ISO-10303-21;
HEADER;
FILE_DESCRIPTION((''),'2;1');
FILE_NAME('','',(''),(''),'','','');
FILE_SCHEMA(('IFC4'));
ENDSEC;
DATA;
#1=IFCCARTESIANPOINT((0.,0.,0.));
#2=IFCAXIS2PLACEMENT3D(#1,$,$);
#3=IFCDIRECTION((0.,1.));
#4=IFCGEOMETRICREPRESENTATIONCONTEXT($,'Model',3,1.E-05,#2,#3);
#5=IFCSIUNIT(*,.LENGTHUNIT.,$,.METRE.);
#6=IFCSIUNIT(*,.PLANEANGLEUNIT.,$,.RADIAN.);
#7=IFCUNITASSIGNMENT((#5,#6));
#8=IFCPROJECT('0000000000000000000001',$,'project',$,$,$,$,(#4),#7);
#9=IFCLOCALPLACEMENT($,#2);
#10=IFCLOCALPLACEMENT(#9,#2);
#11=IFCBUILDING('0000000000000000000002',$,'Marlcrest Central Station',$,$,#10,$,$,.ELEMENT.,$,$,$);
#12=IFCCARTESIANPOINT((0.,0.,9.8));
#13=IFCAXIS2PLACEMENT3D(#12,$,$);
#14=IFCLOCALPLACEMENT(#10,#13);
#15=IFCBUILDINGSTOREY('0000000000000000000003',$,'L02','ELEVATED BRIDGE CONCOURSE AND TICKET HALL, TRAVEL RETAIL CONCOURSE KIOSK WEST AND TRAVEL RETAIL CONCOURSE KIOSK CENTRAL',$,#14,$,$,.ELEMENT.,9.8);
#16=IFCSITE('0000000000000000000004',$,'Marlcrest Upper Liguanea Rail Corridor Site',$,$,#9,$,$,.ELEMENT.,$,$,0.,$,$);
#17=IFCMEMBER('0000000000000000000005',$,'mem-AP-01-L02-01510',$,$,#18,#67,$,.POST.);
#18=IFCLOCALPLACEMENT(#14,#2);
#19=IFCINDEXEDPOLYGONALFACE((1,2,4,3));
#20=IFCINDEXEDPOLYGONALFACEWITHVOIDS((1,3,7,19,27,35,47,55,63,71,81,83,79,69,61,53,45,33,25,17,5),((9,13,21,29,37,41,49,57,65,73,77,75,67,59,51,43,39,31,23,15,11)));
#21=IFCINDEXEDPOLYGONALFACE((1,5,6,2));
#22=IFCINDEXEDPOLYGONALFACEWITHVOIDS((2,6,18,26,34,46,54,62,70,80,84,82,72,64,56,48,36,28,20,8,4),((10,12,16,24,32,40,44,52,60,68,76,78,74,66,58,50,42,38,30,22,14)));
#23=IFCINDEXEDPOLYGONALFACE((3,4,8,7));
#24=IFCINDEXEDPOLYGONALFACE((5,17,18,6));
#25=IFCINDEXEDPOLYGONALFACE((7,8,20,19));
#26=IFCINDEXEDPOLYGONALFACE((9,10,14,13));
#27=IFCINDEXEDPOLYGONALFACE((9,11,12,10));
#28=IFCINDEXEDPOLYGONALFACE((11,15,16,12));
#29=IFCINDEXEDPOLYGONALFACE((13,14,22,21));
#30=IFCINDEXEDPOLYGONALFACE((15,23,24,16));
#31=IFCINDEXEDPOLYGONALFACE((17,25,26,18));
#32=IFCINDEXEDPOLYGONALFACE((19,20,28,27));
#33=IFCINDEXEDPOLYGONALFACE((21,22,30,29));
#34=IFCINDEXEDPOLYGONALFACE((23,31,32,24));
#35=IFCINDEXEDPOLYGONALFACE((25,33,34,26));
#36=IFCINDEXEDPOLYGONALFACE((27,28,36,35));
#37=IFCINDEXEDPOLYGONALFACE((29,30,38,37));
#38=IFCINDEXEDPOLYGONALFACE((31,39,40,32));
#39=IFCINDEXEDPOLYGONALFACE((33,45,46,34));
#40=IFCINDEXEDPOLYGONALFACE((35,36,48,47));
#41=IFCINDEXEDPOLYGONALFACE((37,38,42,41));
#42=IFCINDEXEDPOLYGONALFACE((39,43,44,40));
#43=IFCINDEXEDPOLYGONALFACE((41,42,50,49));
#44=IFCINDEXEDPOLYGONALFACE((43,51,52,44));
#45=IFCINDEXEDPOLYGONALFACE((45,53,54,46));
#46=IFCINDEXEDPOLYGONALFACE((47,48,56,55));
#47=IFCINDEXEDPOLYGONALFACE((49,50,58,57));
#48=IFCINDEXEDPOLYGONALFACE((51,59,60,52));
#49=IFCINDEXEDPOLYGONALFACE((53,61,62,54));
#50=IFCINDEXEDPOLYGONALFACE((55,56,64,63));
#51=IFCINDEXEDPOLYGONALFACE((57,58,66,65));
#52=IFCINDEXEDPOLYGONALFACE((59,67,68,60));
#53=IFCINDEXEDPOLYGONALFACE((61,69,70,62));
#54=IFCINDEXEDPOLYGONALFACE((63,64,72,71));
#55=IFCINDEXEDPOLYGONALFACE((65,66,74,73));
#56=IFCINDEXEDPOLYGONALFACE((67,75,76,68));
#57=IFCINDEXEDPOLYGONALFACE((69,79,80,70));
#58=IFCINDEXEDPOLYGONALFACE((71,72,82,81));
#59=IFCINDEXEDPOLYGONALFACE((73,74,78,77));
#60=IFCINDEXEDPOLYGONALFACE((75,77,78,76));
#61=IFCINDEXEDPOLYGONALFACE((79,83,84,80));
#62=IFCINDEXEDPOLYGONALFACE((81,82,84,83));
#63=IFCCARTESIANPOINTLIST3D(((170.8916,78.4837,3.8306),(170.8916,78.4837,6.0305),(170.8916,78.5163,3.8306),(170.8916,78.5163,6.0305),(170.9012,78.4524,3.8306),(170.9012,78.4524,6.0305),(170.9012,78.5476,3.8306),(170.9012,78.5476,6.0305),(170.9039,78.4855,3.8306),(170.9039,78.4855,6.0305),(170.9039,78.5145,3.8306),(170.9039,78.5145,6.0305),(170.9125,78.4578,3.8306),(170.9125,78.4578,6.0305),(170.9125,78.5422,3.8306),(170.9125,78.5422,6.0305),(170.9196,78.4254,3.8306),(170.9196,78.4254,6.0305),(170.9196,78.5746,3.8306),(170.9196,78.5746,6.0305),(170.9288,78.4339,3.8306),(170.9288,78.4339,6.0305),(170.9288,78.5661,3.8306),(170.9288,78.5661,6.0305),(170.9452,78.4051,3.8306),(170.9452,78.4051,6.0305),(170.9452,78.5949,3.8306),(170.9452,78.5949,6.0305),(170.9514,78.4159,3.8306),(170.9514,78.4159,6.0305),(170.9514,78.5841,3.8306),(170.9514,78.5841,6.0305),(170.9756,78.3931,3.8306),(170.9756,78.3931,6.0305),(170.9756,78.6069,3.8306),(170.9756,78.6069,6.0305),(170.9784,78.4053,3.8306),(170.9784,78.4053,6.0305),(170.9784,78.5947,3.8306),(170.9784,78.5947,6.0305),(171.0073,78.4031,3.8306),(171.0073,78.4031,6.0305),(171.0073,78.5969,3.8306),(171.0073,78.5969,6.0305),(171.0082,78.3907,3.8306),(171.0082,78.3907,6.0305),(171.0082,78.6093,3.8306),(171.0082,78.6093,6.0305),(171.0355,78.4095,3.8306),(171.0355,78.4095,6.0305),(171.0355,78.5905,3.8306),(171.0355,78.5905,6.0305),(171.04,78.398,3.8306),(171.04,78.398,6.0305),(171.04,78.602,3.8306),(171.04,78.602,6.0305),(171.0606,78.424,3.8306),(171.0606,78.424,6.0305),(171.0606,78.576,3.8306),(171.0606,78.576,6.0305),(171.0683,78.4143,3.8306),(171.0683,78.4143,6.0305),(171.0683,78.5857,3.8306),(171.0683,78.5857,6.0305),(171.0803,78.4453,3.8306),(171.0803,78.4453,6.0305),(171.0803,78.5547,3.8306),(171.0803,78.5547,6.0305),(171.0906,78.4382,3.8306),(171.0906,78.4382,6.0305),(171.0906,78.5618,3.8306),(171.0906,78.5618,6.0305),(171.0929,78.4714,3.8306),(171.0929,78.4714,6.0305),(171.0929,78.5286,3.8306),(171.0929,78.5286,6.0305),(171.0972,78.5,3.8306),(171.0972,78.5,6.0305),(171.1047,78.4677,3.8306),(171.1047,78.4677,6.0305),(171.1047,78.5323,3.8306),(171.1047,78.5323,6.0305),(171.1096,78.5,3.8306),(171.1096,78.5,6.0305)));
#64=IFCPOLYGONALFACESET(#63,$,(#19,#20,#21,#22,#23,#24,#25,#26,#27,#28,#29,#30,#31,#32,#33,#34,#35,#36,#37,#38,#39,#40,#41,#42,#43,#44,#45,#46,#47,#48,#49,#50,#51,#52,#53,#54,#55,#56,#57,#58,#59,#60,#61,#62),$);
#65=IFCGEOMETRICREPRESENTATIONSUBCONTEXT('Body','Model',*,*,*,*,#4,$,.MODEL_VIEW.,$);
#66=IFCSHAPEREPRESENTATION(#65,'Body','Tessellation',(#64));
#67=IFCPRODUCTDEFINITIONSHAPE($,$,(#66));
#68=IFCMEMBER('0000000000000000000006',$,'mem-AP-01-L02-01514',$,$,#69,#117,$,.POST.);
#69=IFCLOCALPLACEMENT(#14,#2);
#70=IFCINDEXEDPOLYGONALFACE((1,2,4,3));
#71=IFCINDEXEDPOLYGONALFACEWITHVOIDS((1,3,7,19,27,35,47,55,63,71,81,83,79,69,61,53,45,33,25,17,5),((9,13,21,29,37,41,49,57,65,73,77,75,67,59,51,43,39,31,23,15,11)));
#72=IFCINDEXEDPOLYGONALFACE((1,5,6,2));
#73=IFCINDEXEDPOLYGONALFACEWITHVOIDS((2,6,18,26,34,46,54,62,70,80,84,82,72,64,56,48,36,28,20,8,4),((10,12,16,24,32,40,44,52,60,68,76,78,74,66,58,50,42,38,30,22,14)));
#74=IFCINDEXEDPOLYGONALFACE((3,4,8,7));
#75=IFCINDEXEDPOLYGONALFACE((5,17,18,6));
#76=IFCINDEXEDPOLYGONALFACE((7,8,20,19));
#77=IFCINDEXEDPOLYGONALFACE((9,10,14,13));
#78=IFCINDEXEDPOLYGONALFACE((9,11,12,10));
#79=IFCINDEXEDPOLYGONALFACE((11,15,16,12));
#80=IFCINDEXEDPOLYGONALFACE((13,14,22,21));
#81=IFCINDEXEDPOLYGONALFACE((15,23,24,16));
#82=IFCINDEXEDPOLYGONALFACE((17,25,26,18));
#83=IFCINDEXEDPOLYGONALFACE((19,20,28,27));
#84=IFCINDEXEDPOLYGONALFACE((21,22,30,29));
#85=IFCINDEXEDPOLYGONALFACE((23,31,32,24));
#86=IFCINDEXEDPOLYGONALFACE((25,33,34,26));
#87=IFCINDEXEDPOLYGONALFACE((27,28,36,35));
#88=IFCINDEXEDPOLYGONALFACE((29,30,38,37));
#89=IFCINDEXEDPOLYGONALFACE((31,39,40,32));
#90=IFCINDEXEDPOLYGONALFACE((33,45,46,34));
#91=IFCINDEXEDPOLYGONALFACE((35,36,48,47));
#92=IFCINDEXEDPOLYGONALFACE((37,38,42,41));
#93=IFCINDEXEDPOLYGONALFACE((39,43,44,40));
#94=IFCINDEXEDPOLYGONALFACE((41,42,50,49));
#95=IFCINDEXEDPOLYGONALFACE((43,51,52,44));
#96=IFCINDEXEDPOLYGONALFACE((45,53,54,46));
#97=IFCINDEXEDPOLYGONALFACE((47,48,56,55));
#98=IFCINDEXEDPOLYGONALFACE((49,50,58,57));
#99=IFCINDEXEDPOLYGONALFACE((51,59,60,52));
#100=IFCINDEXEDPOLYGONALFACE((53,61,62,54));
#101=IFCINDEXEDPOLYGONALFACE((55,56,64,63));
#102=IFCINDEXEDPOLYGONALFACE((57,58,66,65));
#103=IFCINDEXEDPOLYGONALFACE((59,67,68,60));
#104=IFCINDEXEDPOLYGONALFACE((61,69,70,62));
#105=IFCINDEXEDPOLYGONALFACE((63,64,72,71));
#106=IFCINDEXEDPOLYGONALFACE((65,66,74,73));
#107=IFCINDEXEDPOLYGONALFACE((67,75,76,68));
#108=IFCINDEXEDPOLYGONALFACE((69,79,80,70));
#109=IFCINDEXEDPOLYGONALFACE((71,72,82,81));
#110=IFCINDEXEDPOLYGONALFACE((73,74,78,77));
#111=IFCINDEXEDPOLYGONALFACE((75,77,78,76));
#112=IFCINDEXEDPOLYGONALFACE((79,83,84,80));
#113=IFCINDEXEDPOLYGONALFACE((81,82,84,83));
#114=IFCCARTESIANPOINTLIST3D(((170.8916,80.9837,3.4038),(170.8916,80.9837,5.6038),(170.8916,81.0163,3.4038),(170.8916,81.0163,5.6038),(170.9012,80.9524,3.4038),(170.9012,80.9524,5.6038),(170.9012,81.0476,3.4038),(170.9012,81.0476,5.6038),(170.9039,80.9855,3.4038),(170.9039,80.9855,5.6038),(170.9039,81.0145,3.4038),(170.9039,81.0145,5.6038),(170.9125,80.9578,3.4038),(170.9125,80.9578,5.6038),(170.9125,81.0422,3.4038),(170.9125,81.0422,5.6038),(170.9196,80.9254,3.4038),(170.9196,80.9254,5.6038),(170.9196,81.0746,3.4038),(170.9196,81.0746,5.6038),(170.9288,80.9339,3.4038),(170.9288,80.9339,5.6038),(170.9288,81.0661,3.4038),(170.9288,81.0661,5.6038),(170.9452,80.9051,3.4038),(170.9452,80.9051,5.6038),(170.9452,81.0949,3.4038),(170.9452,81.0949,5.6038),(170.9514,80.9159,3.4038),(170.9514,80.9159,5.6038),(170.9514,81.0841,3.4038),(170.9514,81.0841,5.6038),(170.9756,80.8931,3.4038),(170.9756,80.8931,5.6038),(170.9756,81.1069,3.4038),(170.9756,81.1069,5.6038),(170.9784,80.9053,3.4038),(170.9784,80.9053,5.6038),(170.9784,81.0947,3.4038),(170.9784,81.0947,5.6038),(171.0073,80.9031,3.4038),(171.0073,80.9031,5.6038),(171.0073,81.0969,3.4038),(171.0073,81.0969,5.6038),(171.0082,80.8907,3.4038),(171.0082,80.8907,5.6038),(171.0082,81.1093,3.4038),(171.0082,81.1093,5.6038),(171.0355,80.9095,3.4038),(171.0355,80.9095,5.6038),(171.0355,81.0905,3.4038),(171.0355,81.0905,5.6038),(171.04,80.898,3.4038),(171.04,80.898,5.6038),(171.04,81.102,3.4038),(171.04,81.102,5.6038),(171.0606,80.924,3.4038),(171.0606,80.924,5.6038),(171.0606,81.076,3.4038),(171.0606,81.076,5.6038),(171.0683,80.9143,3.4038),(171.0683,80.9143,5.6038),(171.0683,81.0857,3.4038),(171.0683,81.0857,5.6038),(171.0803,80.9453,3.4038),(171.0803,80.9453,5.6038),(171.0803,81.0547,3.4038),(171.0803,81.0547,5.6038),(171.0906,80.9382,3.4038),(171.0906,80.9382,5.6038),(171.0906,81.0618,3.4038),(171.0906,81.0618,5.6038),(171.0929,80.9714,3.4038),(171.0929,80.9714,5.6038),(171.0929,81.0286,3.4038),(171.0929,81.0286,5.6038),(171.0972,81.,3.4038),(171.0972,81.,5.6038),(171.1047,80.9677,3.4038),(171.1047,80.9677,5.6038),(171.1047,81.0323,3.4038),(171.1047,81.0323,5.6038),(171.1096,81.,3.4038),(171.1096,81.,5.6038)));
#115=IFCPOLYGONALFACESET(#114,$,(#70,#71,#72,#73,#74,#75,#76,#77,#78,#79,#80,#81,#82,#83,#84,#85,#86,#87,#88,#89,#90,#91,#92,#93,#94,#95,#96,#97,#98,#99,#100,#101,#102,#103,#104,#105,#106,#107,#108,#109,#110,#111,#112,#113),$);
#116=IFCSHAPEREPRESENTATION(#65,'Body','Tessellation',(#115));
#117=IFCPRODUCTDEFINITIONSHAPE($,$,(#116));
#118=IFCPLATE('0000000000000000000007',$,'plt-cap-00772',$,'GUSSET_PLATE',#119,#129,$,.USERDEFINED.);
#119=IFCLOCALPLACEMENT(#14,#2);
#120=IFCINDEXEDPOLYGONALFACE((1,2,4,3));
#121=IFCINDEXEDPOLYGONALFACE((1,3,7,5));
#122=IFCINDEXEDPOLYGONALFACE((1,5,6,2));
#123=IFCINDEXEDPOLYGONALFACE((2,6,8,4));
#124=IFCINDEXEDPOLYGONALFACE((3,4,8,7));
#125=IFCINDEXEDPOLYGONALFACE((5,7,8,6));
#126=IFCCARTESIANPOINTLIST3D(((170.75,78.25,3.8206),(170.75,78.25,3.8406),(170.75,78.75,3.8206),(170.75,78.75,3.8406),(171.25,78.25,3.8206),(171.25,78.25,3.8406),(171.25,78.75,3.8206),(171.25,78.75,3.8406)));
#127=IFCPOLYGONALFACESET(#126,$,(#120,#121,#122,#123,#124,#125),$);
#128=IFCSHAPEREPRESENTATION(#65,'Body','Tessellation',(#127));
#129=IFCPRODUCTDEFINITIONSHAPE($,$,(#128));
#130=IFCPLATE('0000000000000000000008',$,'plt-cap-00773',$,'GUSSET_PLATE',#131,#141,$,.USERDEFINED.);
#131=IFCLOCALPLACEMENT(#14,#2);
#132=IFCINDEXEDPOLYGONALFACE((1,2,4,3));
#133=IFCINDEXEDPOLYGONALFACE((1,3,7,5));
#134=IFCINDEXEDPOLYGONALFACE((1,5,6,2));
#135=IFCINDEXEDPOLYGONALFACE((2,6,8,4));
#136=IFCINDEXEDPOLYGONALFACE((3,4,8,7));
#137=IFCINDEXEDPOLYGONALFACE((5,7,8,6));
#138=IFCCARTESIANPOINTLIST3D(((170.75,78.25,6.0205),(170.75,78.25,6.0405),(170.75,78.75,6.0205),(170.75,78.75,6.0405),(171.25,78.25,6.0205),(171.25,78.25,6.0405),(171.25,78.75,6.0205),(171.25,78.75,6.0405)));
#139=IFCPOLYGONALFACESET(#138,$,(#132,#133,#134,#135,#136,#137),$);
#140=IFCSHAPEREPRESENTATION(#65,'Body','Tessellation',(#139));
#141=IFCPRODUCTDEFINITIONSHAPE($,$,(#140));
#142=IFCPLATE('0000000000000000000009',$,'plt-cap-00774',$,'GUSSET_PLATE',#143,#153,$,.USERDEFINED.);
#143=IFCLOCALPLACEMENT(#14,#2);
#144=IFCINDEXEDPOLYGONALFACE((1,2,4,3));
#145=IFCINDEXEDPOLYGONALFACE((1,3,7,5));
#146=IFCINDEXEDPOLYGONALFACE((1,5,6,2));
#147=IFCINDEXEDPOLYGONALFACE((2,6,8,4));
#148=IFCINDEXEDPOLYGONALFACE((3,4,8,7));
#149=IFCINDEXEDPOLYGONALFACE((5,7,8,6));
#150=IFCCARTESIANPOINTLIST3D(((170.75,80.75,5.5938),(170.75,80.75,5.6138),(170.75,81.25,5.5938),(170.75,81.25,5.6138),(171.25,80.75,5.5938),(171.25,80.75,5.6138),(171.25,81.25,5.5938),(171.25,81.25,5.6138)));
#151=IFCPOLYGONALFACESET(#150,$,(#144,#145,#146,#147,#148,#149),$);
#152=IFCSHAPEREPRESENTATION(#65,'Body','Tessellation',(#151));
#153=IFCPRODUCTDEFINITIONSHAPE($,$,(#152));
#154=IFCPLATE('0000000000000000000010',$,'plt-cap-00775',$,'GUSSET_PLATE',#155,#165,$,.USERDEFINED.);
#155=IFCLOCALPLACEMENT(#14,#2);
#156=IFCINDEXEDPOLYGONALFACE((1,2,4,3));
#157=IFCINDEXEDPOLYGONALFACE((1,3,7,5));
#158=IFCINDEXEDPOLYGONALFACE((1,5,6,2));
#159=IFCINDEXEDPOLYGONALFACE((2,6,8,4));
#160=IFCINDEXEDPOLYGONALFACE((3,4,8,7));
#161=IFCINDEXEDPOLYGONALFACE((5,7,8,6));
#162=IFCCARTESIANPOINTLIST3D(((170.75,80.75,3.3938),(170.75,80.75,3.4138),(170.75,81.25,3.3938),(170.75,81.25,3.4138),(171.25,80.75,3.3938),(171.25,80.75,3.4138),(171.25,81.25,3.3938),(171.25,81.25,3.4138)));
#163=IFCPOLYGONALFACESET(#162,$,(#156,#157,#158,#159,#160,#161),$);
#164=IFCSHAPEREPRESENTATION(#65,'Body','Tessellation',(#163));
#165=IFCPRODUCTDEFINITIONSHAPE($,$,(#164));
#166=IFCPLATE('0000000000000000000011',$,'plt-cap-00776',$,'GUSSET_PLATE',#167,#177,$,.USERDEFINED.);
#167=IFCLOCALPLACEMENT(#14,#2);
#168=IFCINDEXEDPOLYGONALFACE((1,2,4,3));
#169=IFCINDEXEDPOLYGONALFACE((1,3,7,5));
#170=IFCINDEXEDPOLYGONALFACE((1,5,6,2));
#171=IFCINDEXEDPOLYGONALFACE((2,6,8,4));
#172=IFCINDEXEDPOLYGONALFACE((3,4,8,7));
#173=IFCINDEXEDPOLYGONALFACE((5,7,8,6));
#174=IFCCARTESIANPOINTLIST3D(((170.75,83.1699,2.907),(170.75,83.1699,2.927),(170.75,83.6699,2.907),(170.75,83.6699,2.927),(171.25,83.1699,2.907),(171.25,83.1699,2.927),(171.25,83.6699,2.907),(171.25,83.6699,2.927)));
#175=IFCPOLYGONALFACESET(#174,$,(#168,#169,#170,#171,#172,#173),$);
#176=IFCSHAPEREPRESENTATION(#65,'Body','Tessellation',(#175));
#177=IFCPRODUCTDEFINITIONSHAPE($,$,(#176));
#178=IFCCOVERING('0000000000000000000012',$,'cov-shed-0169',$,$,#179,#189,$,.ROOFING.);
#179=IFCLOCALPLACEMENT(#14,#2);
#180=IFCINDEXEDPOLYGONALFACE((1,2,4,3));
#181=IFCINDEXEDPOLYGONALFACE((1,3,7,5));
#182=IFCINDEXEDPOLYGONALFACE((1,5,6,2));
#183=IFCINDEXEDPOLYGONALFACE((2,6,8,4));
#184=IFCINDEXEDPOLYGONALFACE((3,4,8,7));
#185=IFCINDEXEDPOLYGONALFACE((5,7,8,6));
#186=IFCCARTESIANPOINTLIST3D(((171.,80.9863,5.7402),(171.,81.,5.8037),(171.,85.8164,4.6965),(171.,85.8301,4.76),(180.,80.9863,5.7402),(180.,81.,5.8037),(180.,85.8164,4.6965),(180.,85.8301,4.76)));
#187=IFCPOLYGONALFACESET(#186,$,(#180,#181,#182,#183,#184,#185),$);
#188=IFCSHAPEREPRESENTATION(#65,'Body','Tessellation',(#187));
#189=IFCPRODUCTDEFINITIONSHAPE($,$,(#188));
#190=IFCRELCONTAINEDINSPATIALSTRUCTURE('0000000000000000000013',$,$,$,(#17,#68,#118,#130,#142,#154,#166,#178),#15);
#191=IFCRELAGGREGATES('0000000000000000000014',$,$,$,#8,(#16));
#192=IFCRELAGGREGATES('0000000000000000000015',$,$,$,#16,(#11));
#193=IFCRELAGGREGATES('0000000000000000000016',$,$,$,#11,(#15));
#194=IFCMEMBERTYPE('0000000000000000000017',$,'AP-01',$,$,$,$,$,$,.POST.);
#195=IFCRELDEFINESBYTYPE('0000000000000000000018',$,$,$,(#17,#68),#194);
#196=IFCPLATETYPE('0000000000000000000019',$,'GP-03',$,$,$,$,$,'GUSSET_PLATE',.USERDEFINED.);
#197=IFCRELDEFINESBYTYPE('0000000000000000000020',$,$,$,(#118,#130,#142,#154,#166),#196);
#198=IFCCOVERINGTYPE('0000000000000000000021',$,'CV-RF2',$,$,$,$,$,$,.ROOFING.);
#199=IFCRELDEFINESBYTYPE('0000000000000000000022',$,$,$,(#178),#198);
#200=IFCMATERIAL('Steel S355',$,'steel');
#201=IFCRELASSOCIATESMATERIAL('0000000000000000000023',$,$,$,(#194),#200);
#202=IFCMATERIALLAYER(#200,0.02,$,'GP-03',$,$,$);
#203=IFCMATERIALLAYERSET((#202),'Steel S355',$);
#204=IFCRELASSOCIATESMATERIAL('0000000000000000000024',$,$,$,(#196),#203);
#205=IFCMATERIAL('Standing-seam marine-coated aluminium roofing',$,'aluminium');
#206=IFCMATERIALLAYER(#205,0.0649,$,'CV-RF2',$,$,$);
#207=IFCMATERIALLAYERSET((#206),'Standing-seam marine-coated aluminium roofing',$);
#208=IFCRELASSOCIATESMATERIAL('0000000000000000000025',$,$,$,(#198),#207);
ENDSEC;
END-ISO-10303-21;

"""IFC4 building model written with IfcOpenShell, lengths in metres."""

from ifc_helpers import new_model, si_unit, direction, frame, origin, origin_2d, place, context, subcontext, project, spatial, polyline, rectangle, hollow_circle, outline, extrude, material, layer, layer_set, material_profile, profile_set, type_object, element, save


model = new_model("IFC4")

# Units and contexts
model_context = context("Model", 3, precision=1e-05, world=origin(), true_north=direction((0.0, 1.0)))
body_context = subcontext(model_context, "Body", "Model", "MODEL_VIEW")
ifc_project = project(units=[si_unit("LENGTHUNIT", "METRE"), si_unit("PLANEANGLEUNIT", "RADIAN")], contexts=[model_context])

# Site, building, storey
site_placement = place(None, origin())
site = spatial("IfcSite", under=ifc_project, at=site_placement, Name="Marlcrest Upper Liguanea Rail Corridor Site", CompositionType="ELEMENT", RefElevation=0.0)
building_placement = place(site_placement, origin())
building = spatial("IfcBuilding", under=site, at=building_placement, Name="Marlcrest Central Station", CompositionType="ELEMENT")
storey_placement = place(building_placement, frame((0.0, 0.0, 9.8)))
storey = spatial("IfcBuildingStorey", under=building, at=storey_placement, Name="L02", Description="ELEVATED BRIDGE CONCOURSE AND TICKET HALL, TRAVEL RETAIL CONCOURSE KIOSK WEST AND TRAVEL RETAIL CONCOURSE KIOSK CENTRAL", CompositionType="ELEMENT", Elevation=9.8)

# Members
ifc_material_1 = material(Name="Steel S355", Category="steel")
ifc_material_profile_1 = material_profile(ifc_material_1, hollow_circle(Radius=0.1096, WallThickness=0.0125, at=origin_2d()), Name="CHS 219.1x12.5")
ifc_profile_set_1 = profile_set([ifc_material_profile_1], Name="Steel S355")
member_type_1 = type_object("IfcMemberType", Name="AP-01", PredefinedType="POST", material=ifc_profile_set_1)
for number, where, z_axis, x_axis, name in (
    (1, (171.0, 78.5, 3.8306), (0.0, 0.0, 1.0), (1.0, 0.0, 0.0), "mem-AP-01-L02-01510"),
    (2, (171.0, 81.0, 3.4038), (0.0, 0.0, 1.0), (1.0, 0.0, 0.0), "mem-AP-01-L02-01514"),
):
    element("IfcMember", number, at=place(storey_placement, frame(where, z_axis=z_axis, x_axis=x_axis)), inside=storey, type_object=member_type_1, Name=name, PredefinedType="POST", context=body_context, shape_type="SweptSolid", body=[
        extrude(hollow_circle(Radius=0.1096, WallThickness=0.0125, at=origin_2d()), origin(), (0.0, 0.0, 1.0), 2.2),
    ])

# Plates
ifc_layer_1 = layer(ifc_material_1, 0.02, Name="GP-03")
ifc_layer_set_1 = layer_set([ifc_layer_1], Name="Steel S355")
plate_type = type_object("IfcPlateType", Name="GP-03", ElementType="GUSSET_PLATE", PredefinedType="USERDEFINED", material=ifc_layer_set_1)
for number, where, z_axis, x_axis, name in (
    (3, (171.0, 78.5, 3.8206), (0.0, 0.0, 1.0), (1.0, 0.0, 0.0), "plt-cap-00772"),
    (4, (171.0, 78.5, 6.0205), (0.0, 0.0, 1.0), (1.0, 0.0, 0.0), "plt-cap-00773"),
    (5, (171.0, 81.0, 5.5938), (0.0, 0.0, 1.0), (1.0, 0.0, 0.0), "plt-cap-00774"),
    (6, (171.0, 81.0, 3.3938), (0.0, 0.0, 1.0), (1.0, 0.0, 0.0), "plt-cap-00775"),
    (7, (171.0, 83.4199, 2.907), (0.0, 0.0, 1.0), (1.0, 0.0, 0.0), "plt-cap-00776"),
):
    element("IfcPlate", number, at=place(storey_placement, frame(where, z_axis=z_axis, x_axis=x_axis)), inside=storey, type_object=plate_type, Name=name, ObjectType="GUSSET_PLATE", PredefinedType="USERDEFINED", context=body_context, shape_type="SweptSolid", body=[
        extrude(rectangle(XDim=0.5, YDim=0.5, at=origin_2d()), origin(), (0.0, 0.0, 1.0), 0.02),
    ])

# Covering
ifc_material_2 = material(Name="Standing-seam marine-coated aluminium roofing", Category="aluminium")
ifc_layer_2 = layer(ifc_material_2, 0.0649, Name="CV-RF2")
ifc_layer_set_2 = layer_set([ifc_layer_2], Name="Standing-seam marine-coated aluminium roofing")
covering_type = type_object("IfcCoveringType", Name="CV-RF2", PredefinedType="ROOFING", material=ifc_layer_set_2)
covering_placement = place(storey_placement, frame((171.0, 81.0, 5.8037), z_axis=(0.0, 0.211209, 0.977441), x_axis=(1.0, 0.0, 0.0)))
element("IfcCovering", 8, at=covering_placement, inside=storey, type_object=covering_type, Name="cov-shed-0169", PredefinedType="ROOFING", context=body_context, shape_type="SweptSolid", body=[
    extrude(outline(polyline([(0.0, 0.0), (9.0, 0.0), (9.0, 4.9416), (0.0, 4.9416), (0.0, 0.0)])), origin(), (0.0, 0.0, -1.0), 0.0649),
])

save(model, "model.ifc")
